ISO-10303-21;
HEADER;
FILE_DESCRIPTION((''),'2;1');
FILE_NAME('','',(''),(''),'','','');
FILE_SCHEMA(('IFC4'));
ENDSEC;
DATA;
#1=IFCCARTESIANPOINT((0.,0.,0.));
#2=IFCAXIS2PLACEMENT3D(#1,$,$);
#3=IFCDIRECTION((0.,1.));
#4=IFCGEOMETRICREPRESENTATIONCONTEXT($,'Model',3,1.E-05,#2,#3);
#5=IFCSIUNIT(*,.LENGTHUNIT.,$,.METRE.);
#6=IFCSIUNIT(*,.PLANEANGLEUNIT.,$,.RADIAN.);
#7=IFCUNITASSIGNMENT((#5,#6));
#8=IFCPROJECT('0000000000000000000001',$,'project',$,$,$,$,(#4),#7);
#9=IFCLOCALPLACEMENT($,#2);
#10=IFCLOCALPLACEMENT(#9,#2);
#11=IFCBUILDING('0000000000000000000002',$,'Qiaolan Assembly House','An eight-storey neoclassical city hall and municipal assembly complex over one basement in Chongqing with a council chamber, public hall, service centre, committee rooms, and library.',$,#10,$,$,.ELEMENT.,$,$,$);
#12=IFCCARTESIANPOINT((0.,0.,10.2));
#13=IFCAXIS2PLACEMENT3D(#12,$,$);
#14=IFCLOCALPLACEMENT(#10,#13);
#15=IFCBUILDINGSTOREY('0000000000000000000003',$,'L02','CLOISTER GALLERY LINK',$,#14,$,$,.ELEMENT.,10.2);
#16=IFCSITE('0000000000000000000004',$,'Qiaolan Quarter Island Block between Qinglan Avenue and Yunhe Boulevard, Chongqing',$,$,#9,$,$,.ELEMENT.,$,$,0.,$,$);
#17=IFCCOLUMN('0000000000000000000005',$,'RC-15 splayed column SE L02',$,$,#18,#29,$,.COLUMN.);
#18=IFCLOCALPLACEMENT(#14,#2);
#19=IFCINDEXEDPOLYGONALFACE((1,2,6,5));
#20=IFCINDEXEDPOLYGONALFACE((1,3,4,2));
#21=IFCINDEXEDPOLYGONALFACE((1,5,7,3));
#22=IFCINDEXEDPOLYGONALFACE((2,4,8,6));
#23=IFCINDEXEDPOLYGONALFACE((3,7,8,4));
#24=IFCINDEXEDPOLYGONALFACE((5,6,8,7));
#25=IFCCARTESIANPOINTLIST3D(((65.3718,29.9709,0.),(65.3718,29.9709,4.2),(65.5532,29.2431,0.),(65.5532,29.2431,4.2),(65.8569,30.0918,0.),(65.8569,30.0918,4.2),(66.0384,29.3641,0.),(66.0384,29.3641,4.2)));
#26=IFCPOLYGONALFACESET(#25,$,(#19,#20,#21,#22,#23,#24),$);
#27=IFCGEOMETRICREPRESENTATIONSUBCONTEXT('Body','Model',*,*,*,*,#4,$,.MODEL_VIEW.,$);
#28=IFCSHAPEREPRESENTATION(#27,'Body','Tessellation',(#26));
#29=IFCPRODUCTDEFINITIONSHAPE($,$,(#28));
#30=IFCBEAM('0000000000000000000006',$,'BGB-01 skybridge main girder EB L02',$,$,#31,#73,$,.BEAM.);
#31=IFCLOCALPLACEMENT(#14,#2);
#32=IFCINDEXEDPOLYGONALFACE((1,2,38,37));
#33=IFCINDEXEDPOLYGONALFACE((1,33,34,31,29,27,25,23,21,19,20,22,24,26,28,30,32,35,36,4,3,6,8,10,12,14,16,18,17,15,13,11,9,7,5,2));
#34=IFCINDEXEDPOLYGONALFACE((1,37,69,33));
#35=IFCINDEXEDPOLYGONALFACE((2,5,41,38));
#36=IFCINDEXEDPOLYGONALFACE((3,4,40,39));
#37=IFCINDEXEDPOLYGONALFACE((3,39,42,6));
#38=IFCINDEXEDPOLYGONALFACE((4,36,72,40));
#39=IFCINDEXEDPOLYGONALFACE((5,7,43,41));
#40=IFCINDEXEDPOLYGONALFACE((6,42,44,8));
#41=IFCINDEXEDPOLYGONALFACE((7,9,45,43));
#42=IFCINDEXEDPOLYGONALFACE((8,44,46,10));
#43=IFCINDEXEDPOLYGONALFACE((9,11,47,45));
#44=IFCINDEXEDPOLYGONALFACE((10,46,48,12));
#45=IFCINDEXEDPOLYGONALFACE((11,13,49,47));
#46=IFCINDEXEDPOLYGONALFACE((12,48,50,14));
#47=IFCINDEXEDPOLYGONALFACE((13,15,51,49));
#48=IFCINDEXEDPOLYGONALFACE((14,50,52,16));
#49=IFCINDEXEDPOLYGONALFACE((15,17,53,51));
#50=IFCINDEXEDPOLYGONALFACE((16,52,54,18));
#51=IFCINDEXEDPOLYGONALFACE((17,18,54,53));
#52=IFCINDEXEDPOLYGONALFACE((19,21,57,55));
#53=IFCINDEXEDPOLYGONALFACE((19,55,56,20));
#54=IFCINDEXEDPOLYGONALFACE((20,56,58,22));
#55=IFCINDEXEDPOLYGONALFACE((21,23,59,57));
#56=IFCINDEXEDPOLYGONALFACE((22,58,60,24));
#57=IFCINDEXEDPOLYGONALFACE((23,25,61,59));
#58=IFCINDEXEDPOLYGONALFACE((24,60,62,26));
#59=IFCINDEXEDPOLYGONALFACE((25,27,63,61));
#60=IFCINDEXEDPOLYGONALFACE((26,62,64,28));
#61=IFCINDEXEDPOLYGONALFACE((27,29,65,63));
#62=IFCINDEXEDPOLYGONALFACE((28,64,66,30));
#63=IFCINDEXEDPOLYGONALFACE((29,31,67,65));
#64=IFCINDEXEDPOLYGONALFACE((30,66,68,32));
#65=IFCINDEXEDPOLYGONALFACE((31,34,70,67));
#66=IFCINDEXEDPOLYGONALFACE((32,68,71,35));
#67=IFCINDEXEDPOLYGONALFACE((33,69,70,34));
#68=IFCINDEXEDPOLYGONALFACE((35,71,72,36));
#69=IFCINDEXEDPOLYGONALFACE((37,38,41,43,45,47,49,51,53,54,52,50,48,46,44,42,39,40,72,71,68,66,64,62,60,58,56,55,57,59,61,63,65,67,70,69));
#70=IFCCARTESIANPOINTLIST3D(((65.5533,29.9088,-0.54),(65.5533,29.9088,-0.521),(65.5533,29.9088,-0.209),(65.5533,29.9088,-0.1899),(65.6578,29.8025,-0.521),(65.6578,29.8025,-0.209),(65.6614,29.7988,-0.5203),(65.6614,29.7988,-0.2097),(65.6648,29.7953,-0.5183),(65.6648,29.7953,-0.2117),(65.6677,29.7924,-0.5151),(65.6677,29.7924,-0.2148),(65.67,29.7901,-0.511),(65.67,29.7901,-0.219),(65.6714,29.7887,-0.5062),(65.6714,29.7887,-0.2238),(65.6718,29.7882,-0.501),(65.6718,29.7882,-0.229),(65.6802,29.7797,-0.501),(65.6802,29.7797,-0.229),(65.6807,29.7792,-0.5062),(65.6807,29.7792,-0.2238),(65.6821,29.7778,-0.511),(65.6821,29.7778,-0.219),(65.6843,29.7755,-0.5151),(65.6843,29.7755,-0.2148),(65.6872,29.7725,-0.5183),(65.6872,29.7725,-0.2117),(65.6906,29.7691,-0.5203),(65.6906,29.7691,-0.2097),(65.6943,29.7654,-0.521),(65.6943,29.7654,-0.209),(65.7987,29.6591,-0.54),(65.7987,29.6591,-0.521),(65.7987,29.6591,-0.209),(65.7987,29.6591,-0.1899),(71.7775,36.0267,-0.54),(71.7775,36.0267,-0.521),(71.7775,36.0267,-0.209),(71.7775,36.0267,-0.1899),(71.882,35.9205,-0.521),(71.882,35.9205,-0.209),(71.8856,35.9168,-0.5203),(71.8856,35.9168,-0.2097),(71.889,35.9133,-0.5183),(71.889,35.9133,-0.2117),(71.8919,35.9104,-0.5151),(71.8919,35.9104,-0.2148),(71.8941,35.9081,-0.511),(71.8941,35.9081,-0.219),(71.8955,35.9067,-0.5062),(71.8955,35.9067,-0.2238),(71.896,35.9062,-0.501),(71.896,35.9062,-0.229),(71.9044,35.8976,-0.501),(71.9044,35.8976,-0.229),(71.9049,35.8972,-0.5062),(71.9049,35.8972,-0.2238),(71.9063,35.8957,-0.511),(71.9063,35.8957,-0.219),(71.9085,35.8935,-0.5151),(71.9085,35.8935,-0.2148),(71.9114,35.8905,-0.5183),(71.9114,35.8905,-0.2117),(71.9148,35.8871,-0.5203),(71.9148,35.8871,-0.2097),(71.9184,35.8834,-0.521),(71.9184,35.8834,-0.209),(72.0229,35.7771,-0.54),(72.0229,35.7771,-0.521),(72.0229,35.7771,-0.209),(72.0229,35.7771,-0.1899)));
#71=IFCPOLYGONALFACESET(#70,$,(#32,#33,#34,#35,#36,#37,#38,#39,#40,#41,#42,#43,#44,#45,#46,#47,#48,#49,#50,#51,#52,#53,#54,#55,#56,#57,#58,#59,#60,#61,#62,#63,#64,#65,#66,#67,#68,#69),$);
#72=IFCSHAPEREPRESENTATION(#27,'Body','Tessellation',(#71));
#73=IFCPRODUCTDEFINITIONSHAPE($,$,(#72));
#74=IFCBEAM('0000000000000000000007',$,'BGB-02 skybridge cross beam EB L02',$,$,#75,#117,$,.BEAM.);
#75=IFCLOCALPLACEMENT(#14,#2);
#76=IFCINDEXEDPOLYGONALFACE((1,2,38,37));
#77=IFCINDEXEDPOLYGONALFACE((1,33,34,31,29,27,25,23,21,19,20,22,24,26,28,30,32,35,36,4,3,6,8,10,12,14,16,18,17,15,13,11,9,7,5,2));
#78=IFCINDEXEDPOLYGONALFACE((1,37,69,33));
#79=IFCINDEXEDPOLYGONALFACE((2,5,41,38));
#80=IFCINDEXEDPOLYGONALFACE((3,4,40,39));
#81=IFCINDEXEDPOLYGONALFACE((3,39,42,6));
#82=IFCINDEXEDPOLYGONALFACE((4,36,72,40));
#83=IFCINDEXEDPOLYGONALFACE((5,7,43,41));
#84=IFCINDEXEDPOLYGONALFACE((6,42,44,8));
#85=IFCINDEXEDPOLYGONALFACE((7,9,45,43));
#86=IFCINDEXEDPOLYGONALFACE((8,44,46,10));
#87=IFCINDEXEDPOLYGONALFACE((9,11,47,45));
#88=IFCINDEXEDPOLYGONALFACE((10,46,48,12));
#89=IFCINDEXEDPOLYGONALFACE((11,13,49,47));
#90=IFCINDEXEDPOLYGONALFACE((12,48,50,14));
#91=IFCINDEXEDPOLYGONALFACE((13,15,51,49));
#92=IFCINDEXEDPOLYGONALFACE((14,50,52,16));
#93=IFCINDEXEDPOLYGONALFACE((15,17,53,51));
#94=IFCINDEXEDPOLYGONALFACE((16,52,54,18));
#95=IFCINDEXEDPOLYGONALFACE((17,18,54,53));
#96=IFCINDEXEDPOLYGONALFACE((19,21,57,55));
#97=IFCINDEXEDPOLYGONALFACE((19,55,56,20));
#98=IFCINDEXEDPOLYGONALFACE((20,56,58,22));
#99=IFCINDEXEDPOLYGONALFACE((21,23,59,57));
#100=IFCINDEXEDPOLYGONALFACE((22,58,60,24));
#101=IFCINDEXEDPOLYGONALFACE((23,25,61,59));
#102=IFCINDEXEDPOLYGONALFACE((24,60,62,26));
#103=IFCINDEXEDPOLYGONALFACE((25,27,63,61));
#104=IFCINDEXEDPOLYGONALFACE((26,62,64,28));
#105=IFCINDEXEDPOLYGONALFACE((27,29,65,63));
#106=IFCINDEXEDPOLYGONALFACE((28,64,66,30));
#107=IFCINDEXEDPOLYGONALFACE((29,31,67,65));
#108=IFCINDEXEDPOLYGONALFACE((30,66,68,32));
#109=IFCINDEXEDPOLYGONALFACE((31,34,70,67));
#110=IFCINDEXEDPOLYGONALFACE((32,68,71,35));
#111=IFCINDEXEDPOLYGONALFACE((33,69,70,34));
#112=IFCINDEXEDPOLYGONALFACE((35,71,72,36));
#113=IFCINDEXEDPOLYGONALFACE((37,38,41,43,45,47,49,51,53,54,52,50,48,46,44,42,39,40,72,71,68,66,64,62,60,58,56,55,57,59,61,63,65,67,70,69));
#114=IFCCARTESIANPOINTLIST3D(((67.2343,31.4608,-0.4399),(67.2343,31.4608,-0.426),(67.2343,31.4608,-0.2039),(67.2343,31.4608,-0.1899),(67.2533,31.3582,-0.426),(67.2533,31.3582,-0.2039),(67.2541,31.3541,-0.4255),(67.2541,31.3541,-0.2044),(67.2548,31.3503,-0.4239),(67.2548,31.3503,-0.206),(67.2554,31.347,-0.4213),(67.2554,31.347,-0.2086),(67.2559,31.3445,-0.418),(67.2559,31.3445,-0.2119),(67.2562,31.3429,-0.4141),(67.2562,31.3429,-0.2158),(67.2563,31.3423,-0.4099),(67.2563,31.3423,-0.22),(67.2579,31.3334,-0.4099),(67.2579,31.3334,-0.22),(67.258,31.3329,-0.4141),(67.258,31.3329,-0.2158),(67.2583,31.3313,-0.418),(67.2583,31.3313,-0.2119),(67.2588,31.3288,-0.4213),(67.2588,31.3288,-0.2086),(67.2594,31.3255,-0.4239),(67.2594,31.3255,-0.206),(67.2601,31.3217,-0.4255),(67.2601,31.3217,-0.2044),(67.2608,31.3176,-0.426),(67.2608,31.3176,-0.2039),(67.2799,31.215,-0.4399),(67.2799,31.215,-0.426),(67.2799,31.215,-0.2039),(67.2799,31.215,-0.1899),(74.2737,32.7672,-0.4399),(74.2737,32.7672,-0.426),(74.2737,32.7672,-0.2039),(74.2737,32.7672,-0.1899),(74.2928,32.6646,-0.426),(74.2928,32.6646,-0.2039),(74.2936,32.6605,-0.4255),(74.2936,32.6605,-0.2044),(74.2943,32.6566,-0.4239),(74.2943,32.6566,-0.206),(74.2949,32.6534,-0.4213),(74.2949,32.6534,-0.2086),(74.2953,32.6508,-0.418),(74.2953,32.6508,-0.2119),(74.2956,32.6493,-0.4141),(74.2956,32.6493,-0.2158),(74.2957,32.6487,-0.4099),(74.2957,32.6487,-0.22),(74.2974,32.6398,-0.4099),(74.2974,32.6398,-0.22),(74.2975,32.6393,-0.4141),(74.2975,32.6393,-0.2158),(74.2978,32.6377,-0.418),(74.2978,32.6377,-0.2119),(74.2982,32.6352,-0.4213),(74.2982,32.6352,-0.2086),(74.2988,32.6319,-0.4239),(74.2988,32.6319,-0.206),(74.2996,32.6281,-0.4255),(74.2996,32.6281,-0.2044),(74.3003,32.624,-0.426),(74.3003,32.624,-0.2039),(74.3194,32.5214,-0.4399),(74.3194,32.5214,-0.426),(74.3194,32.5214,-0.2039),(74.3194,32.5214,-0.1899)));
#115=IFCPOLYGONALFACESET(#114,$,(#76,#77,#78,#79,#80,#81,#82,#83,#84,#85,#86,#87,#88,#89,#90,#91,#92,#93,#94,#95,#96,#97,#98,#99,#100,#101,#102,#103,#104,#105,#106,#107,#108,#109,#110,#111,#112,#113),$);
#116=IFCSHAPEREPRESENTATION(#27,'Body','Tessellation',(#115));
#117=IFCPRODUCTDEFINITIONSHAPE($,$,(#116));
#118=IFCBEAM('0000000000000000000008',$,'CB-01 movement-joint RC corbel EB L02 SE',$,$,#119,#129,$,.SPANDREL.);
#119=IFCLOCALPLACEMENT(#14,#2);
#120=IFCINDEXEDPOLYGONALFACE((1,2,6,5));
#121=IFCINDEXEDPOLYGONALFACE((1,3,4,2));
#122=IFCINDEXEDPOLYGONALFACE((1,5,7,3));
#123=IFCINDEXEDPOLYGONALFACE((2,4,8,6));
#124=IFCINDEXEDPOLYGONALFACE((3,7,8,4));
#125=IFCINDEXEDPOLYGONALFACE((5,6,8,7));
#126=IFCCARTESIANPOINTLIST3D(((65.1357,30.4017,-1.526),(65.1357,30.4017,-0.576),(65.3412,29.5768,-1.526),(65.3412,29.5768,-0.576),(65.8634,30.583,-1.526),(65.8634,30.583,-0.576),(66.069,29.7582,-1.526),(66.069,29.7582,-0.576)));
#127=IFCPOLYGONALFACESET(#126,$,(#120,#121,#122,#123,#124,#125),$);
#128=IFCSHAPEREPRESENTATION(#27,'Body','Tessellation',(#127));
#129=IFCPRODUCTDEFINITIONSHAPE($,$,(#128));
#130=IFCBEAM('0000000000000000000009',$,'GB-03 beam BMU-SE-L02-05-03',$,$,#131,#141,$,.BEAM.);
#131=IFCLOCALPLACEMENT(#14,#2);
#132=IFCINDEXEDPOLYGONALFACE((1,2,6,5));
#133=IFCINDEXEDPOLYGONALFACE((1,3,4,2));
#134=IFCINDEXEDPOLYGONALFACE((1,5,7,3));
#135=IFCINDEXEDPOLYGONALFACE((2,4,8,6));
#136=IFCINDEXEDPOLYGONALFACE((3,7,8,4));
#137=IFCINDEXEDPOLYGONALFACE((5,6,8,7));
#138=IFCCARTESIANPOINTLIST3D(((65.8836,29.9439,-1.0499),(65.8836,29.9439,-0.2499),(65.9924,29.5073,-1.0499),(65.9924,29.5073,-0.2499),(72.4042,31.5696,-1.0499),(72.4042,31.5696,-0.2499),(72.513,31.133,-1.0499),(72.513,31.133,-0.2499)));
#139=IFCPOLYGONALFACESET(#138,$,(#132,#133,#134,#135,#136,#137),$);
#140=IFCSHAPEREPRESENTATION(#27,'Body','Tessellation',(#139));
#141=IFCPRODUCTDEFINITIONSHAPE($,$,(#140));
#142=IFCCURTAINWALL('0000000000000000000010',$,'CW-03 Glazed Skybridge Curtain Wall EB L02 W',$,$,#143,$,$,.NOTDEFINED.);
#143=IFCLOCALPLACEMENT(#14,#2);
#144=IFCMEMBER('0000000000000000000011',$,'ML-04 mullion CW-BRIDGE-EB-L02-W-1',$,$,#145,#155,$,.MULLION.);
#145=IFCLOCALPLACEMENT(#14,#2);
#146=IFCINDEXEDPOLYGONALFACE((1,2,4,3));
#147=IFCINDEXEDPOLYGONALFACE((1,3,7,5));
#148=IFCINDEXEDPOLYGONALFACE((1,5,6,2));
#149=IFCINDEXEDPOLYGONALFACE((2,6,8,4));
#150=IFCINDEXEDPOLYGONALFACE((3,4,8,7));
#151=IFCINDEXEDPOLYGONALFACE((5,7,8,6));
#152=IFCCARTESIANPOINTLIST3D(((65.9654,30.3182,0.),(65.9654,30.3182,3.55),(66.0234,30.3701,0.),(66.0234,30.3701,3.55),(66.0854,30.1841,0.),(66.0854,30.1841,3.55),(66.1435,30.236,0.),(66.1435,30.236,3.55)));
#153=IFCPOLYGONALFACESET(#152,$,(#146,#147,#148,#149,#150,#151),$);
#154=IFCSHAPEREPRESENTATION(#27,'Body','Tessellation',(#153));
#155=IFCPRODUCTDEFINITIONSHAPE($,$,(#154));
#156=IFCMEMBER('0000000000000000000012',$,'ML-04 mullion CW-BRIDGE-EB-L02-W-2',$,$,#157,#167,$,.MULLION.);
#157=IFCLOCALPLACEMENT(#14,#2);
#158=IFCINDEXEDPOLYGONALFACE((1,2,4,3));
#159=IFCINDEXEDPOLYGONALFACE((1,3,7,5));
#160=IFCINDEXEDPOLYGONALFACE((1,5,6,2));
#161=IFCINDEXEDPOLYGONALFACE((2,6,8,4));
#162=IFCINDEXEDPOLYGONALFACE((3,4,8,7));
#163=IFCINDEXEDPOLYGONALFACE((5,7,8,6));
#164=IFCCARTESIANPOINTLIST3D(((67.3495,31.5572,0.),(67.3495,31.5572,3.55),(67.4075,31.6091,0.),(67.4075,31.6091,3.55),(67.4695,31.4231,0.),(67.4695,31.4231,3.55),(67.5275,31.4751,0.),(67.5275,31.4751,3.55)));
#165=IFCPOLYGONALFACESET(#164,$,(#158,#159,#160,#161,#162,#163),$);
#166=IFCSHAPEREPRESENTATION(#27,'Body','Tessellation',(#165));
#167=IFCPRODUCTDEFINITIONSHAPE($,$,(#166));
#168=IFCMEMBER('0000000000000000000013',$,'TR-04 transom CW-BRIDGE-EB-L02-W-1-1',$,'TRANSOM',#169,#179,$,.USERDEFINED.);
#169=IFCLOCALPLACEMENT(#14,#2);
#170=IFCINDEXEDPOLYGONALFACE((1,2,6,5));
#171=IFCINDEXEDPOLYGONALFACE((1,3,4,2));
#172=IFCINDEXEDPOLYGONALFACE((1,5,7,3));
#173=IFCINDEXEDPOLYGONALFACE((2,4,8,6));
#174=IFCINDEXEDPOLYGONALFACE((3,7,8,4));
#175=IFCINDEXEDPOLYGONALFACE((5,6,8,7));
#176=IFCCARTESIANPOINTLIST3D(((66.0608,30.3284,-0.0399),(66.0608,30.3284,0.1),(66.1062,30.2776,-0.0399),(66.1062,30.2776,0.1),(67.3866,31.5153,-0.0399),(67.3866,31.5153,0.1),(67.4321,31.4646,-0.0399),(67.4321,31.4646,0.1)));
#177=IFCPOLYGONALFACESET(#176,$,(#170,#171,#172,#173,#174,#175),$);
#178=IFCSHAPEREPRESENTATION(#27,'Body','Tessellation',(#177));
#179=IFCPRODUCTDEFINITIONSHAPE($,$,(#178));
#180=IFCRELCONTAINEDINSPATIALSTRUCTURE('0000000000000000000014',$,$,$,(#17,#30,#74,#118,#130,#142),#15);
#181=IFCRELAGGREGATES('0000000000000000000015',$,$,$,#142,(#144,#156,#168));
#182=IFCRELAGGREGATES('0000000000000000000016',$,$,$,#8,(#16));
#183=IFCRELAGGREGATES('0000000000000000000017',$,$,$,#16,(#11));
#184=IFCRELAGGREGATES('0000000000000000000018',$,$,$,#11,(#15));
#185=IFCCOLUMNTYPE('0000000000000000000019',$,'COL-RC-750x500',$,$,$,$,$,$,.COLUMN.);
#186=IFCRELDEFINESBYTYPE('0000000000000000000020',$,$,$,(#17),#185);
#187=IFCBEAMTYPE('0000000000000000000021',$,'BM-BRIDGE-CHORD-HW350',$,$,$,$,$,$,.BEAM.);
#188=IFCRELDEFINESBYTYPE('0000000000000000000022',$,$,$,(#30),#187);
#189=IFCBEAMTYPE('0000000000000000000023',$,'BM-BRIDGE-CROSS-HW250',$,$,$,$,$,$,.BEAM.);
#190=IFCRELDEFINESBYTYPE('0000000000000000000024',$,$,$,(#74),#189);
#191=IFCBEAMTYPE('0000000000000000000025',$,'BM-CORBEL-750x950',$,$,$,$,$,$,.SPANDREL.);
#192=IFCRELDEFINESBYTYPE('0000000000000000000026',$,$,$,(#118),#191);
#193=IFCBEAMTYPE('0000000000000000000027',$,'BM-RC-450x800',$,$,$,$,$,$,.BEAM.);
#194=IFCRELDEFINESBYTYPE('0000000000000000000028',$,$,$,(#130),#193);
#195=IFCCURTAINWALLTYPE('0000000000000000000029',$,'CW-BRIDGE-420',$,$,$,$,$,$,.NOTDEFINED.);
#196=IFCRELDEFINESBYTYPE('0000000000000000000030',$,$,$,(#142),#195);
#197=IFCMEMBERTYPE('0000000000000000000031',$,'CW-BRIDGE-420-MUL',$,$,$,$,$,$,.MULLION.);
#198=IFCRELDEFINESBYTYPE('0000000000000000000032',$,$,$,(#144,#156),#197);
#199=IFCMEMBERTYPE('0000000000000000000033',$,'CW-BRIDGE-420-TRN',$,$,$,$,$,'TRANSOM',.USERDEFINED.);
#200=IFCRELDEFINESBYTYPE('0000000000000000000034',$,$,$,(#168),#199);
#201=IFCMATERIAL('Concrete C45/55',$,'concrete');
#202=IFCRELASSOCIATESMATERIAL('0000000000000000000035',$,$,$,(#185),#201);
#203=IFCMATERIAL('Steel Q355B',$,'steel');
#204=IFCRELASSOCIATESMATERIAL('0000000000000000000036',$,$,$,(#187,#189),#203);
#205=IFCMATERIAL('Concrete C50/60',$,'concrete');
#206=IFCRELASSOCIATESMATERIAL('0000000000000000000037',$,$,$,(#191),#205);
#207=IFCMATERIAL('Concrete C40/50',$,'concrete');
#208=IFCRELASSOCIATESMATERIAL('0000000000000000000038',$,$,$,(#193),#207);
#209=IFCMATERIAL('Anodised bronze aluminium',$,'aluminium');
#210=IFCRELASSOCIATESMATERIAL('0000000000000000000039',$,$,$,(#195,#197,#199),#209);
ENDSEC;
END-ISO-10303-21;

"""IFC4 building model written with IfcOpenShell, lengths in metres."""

from ifc_helpers import new_model, si_unit, direction, frame, origin, origin_2d, place, context, subcontext, project, spatial, rectangle, i_section, extrude, material, material_profile, profile_set, type_object, element, aggregate, save


model = new_model("IFC4")

# Units and contexts
model_context = context("Model", 3, precision=1e-05, world=origin(), true_north=direction((0.0, 1.0)))
body_context = subcontext(model_context, "Body", "Model", "MODEL_VIEW")
ifc_project = project(units=[si_unit("LENGTHUNIT", "METRE"), si_unit("PLANEANGLEUNIT", "RADIAN")], contexts=[model_context])

# Site, building, storey
site_placement = place(None, origin())
site = spatial("IfcSite", under=ifc_project, at=site_placement, Name="Qiaolan Quarter Island Block between Qinglan Avenue and Yunhe Boulevard, Chongqing", CompositionType="ELEMENT", RefElevation=0.0)
building_placement = place(site_placement, origin())
building = spatial("IfcBuilding", under=site, at=building_placement, Name="Qiaolan Assembly House", Description="An eight-storey neoclassical city hall and municipal assembly complex over one basement in Chongqing with a council chamber, public hall, service centre, committee rooms, and library.", CompositionType="ELEMENT")
storey_placement = place(building_placement, frame((0.0, 0.0, 10.2)))
storey = spatial("IfcBuildingStorey", under=building, at=storey_placement, Name="L02", Description="CLOISTER GALLERY LINK", CompositionType="ELEMENT", Elevation=10.2)

# Column
ifc_material_1 = material(Name="Concrete C45/55", Category="concrete")
ifc_material_profile_1 = material_profile(ifc_material_1, rectangle(XDim=0.5, YDim=0.75, at=origin_2d()), Name="RC 750x500")
ifc_profile_set_1 = profile_set([ifc_material_profile_1], Name="Concrete C45/55")
column_type = type_object("IfcColumnType", Name="COL-RC-750x500", PredefinedType="COLUMN", material=ifc_profile_set_1)
column_placement = place(storey_placement, frame((65.7051, 29.6675, 0.0), z_axis=(0.0, 0.0, 1.0), x_axis=(0.970296, 0.241922, 0.0)))
element("IfcColumn", 1, at=column_placement, inside=storey, type_object=column_type, Name="RC-15 splayed column SE L02", PredefinedType="COLUMN", context=body_context, shape_type="SweptSolid", body=[
    extrude(rectangle(XDim=0.5, YDim=0.75, at=origin_2d()), origin(), (0.0, 0.0, 1.0), 4.2),
])

# Beams
ifc_material_2 = material(Name="Steel Q355B", Category="steel")
ifc_material_profile_2 = material_profile(ifc_material_2, i_section(OverallWidth=0.3501, OverallDepth=0.3501, WebThickness=0.012, FlangeThickness=0.019, FilletRadius=0.02, at=origin_2d()), Name="HW 350x350x12x19-BR")
ifc_profile_set_2 = profile_set([ifc_material_profile_2], Name="Steel Q355B")
beam_type_1 = type_object("IfcBeamType", Name="BM-BRIDGE-CHORD-HW350", PredefinedType="BEAM", material=ifc_profile_set_2)
beam_1_placement = place(storey_placement, frame((65.676, 29.7839, -0.365), z_axis=(0.713165, 0.700996, 0.0), x_axis=(-0.700996, 0.713165, 0.0)))
element("IfcBeam", 2, at=beam_1_placement, inside=storey, type_object=beam_type_1, Name="BGB-01 skybridge main girder EB L02", PredefinedType="BEAM", context=body_context, shape_type="SweptSolid", body=[
    extrude(i_section(OverallWidth=0.3501, OverallDepth=0.3501, WebThickness=0.012, FlangeThickness=0.019, FilletRadius=0.02, at=origin_2d()), origin(), (0.0, 0.0, 1.0), 8.7275),
])
ifc_material_profile_3 = material_profile(ifc_material_2, i_section(OverallWidth=0.25, OverallDepth=0.25, WebThickness=0.009, FlangeThickness=0.0139, FilletRadius=0.0161, at=origin_2d()), Name="HW 250x250x9x14")
ifc_profile_set_3 = profile_set([ifc_material_profile_3], Name="Steel Q355B")
beam_type_2 = type_object("IfcBeamType", Name="BM-BRIDGE-CROSS-HW250", PredefinedType="BEAM", material=ifc_profile_set_3)
beam_2_placement = place(storey_placement, frame((67.2571, 31.3379, -0.3149), z_axis=(0.983213, 0.182464, 0.0), x_axis=(-0.182464, 0.983213, 0.0)))
element("IfcBeam", 3, at=beam_2_placement, inside=storey, type_object=beam_type_2, Name="BGB-02 skybridge cross beam EB L02", PredefinedType="BEAM", context=body_context, shape_type="SweptSolid", body=[
    extrude(i_section(OverallWidth=0.25, OverallDepth=0.25, WebThickness=0.009, FlangeThickness=0.0139, FilletRadius=0.0161, at=origin_2d()), origin(), (0.0, 0.0, 1.0), 7.1597),
])
ifc_material_3 = material(Name="Concrete C50/60", Category="concrete")
ifc_material_profile_4 = material_profile(ifc_material_3, rectangle(XDim=0.75, YDim=0.95, at=origin_2d()), Name="RCB 750x950")
ifc_profile_set_4 = profile_set([ifc_material_profile_4], Name="Concrete C50/60")
beam_type_3 = type_object("IfcBeamType", Name="BM-CORBEL-750x950", PredefinedType="SPANDREL", material=ifc_profile_set_4)
beam_3_placement = place(storey_placement, frame((65.7051, 29.6675, -1.051), z_axis=(-0.241792, 0.970328, 0.0), x_axis=(-0.970328, -0.241792, 0.0)))
element("IfcBeam", 4, at=beam_3_placement, inside=storey, type_object=beam_type_3, Name="CB-01 movement-joint RC corbel EB L02 SE", PredefinedType="SPANDREL", context=body_context, shape_type="SweptSolid", body=[
    extrude(rectangle(XDim=0.75, YDim=0.95, at=origin_2d()), origin(), (0.0, 0.0, 1.0), 0.8501),
])
ifc_material_4 = material(Name="Concrete C40/50", Category="concrete")
ifc_material_profile_5 = material_profile(ifc_material_4, rectangle(XDim=0.45, YDim=0.8, at=origin_2d()), Name="RCB 450x800")
ifc_profile_set_5 = profile_set([ifc_material_profile_5], Name="Concrete C40/50")
beam_type_4 = type_object("IfcBeamType", Name="BM-RC-450x800", PredefinedType="BEAM", material=ifc_profile_set_5)
beam_4_placement = place(storey_placement, frame((65.938, 29.7256, -0.6499), z_axis=(0.970296, 0.24192, 0.0), x_axis=(-0.24192, 0.970296, 0.0)))
element("IfcBeam", 5, at=beam_4_placement, inside=storey, type_object=beam_type_4, Name="GB-03 beam BMU-SE-L02-05-03", PredefinedType="BEAM", context=body_context, shape_type="SweptSolid", body=[
    extrude(rectangle(XDim=0.45, YDim=0.8, at=origin_2d()), origin(), (0.0, 0.0, 1.0), 6.7202),
])

# Curtain wall, members
ifc_material_5 = material(Name="Anodised bronze aluminium", Category="aluminium")
curtain_wall_type = type_object("IfcCurtainWallType", Name="CW-BRIDGE-420", PredefinedType="NOTDEFINED", material=ifc_material_5)
curtain_wall_placement = place(storey_placement, origin())
curtain_wall = element("IfcCurtainWall", 6, at=curtain_wall_placement, inside=storey, type_object=curtain_wall_type, Name="CW-03 Glazed Skybridge Curtain Wall EB L02 W", PredefinedType="NOTDEFINED")
ifc_material_profile_6 = material_profile(ifc_material_5, rectangle(XDim=0.0779, YDim=0.1799, at=origin_2d()), Name="MUL 78x180")
ifc_profile_set_6 = profile_set([ifc_material_profile_6], Name="Anodised bronze aluminium")
member_type_1 = type_object("IfcMemberType", Name="CW-BRIDGE-420-MUL", PredefinedType="MULLION", material=ifc_profile_set_6)
member_1_placement = place(storey_placement, frame((66.0544, 30.2771, 0.0), z_axis=(0.0, 0.0, 1.0), x_axis=(0.745038, 0.667022, 0.0)))
member_1 = element("IfcMember", 7, at=member_1_placement, type_object=member_type_1, Name="ML-04 mullion CW-BRIDGE-EB-L02-W-1", PredefinedType="MULLION", context=body_context, shape_type="SweptSolid", body=[
    extrude(rectangle(XDim=0.0779, YDim=0.1799, at=origin_2d()), origin(), (0.0, 0.0, 1.0), 3.55),
])
member_2_placement = place(storey_placement, frame((67.4385, 31.5161, 0.0), z_axis=(0.0, 0.0, 1.0), x_axis=(0.745038, 0.667022, 0.0)))
member_2 = element("IfcMember", 8, at=member_2_placement, type_object=member_type_1, Name="ML-04 mullion CW-BRIDGE-EB-L02-W-2", PredefinedType="MULLION", context=body_context, shape_type="SweptSolid", body=[
    extrude(rectangle(XDim=0.0779, YDim=0.1799, at=origin_2d()), origin(), (0.0, 0.0, 1.0), 3.55),
])
ifc_material_profile_7 = material_profile(ifc_material_5, rectangle(XDim=0.0681, YDim=0.1399, at=origin_2d()), Name="TRN 68x140")
ifc_profile_set_7 = profile_set([ifc_material_profile_7], Name="Anodised bronze aluminium")
member_type_2 = type_object("IfcMemberType", Name="CW-BRIDGE-420-TRN", ElementType="TRANSOM", PredefinedType="USERDEFINED", material=ifc_profile_set_7)
member_3_placement = place(storey_placement, frame((66.0835, 30.303, 0.03), z_axis=(0.745058, 0.666999, 0.0), x_axis=(-0.666999, 0.745058, 0.0)))
member_3 = element("IfcMember", 9, at=member_3_placement, type_object=member_type_2, Name="TR-04 transom CW-BRIDGE-EB-L02-W-1-1", ObjectType="TRANSOM", PredefinedType="USERDEFINED", context=body_context, shape_type="SweptSolid", body=[
    extrude(rectangle(XDim=0.0681, YDim=0.1399, at=origin_2d()), origin(), (0.0, 0.0, 1.0), 1.7795),
])

aggregate(curtain_wall, [member_1, member_2, member_3])

save(model, "model.ifc")
